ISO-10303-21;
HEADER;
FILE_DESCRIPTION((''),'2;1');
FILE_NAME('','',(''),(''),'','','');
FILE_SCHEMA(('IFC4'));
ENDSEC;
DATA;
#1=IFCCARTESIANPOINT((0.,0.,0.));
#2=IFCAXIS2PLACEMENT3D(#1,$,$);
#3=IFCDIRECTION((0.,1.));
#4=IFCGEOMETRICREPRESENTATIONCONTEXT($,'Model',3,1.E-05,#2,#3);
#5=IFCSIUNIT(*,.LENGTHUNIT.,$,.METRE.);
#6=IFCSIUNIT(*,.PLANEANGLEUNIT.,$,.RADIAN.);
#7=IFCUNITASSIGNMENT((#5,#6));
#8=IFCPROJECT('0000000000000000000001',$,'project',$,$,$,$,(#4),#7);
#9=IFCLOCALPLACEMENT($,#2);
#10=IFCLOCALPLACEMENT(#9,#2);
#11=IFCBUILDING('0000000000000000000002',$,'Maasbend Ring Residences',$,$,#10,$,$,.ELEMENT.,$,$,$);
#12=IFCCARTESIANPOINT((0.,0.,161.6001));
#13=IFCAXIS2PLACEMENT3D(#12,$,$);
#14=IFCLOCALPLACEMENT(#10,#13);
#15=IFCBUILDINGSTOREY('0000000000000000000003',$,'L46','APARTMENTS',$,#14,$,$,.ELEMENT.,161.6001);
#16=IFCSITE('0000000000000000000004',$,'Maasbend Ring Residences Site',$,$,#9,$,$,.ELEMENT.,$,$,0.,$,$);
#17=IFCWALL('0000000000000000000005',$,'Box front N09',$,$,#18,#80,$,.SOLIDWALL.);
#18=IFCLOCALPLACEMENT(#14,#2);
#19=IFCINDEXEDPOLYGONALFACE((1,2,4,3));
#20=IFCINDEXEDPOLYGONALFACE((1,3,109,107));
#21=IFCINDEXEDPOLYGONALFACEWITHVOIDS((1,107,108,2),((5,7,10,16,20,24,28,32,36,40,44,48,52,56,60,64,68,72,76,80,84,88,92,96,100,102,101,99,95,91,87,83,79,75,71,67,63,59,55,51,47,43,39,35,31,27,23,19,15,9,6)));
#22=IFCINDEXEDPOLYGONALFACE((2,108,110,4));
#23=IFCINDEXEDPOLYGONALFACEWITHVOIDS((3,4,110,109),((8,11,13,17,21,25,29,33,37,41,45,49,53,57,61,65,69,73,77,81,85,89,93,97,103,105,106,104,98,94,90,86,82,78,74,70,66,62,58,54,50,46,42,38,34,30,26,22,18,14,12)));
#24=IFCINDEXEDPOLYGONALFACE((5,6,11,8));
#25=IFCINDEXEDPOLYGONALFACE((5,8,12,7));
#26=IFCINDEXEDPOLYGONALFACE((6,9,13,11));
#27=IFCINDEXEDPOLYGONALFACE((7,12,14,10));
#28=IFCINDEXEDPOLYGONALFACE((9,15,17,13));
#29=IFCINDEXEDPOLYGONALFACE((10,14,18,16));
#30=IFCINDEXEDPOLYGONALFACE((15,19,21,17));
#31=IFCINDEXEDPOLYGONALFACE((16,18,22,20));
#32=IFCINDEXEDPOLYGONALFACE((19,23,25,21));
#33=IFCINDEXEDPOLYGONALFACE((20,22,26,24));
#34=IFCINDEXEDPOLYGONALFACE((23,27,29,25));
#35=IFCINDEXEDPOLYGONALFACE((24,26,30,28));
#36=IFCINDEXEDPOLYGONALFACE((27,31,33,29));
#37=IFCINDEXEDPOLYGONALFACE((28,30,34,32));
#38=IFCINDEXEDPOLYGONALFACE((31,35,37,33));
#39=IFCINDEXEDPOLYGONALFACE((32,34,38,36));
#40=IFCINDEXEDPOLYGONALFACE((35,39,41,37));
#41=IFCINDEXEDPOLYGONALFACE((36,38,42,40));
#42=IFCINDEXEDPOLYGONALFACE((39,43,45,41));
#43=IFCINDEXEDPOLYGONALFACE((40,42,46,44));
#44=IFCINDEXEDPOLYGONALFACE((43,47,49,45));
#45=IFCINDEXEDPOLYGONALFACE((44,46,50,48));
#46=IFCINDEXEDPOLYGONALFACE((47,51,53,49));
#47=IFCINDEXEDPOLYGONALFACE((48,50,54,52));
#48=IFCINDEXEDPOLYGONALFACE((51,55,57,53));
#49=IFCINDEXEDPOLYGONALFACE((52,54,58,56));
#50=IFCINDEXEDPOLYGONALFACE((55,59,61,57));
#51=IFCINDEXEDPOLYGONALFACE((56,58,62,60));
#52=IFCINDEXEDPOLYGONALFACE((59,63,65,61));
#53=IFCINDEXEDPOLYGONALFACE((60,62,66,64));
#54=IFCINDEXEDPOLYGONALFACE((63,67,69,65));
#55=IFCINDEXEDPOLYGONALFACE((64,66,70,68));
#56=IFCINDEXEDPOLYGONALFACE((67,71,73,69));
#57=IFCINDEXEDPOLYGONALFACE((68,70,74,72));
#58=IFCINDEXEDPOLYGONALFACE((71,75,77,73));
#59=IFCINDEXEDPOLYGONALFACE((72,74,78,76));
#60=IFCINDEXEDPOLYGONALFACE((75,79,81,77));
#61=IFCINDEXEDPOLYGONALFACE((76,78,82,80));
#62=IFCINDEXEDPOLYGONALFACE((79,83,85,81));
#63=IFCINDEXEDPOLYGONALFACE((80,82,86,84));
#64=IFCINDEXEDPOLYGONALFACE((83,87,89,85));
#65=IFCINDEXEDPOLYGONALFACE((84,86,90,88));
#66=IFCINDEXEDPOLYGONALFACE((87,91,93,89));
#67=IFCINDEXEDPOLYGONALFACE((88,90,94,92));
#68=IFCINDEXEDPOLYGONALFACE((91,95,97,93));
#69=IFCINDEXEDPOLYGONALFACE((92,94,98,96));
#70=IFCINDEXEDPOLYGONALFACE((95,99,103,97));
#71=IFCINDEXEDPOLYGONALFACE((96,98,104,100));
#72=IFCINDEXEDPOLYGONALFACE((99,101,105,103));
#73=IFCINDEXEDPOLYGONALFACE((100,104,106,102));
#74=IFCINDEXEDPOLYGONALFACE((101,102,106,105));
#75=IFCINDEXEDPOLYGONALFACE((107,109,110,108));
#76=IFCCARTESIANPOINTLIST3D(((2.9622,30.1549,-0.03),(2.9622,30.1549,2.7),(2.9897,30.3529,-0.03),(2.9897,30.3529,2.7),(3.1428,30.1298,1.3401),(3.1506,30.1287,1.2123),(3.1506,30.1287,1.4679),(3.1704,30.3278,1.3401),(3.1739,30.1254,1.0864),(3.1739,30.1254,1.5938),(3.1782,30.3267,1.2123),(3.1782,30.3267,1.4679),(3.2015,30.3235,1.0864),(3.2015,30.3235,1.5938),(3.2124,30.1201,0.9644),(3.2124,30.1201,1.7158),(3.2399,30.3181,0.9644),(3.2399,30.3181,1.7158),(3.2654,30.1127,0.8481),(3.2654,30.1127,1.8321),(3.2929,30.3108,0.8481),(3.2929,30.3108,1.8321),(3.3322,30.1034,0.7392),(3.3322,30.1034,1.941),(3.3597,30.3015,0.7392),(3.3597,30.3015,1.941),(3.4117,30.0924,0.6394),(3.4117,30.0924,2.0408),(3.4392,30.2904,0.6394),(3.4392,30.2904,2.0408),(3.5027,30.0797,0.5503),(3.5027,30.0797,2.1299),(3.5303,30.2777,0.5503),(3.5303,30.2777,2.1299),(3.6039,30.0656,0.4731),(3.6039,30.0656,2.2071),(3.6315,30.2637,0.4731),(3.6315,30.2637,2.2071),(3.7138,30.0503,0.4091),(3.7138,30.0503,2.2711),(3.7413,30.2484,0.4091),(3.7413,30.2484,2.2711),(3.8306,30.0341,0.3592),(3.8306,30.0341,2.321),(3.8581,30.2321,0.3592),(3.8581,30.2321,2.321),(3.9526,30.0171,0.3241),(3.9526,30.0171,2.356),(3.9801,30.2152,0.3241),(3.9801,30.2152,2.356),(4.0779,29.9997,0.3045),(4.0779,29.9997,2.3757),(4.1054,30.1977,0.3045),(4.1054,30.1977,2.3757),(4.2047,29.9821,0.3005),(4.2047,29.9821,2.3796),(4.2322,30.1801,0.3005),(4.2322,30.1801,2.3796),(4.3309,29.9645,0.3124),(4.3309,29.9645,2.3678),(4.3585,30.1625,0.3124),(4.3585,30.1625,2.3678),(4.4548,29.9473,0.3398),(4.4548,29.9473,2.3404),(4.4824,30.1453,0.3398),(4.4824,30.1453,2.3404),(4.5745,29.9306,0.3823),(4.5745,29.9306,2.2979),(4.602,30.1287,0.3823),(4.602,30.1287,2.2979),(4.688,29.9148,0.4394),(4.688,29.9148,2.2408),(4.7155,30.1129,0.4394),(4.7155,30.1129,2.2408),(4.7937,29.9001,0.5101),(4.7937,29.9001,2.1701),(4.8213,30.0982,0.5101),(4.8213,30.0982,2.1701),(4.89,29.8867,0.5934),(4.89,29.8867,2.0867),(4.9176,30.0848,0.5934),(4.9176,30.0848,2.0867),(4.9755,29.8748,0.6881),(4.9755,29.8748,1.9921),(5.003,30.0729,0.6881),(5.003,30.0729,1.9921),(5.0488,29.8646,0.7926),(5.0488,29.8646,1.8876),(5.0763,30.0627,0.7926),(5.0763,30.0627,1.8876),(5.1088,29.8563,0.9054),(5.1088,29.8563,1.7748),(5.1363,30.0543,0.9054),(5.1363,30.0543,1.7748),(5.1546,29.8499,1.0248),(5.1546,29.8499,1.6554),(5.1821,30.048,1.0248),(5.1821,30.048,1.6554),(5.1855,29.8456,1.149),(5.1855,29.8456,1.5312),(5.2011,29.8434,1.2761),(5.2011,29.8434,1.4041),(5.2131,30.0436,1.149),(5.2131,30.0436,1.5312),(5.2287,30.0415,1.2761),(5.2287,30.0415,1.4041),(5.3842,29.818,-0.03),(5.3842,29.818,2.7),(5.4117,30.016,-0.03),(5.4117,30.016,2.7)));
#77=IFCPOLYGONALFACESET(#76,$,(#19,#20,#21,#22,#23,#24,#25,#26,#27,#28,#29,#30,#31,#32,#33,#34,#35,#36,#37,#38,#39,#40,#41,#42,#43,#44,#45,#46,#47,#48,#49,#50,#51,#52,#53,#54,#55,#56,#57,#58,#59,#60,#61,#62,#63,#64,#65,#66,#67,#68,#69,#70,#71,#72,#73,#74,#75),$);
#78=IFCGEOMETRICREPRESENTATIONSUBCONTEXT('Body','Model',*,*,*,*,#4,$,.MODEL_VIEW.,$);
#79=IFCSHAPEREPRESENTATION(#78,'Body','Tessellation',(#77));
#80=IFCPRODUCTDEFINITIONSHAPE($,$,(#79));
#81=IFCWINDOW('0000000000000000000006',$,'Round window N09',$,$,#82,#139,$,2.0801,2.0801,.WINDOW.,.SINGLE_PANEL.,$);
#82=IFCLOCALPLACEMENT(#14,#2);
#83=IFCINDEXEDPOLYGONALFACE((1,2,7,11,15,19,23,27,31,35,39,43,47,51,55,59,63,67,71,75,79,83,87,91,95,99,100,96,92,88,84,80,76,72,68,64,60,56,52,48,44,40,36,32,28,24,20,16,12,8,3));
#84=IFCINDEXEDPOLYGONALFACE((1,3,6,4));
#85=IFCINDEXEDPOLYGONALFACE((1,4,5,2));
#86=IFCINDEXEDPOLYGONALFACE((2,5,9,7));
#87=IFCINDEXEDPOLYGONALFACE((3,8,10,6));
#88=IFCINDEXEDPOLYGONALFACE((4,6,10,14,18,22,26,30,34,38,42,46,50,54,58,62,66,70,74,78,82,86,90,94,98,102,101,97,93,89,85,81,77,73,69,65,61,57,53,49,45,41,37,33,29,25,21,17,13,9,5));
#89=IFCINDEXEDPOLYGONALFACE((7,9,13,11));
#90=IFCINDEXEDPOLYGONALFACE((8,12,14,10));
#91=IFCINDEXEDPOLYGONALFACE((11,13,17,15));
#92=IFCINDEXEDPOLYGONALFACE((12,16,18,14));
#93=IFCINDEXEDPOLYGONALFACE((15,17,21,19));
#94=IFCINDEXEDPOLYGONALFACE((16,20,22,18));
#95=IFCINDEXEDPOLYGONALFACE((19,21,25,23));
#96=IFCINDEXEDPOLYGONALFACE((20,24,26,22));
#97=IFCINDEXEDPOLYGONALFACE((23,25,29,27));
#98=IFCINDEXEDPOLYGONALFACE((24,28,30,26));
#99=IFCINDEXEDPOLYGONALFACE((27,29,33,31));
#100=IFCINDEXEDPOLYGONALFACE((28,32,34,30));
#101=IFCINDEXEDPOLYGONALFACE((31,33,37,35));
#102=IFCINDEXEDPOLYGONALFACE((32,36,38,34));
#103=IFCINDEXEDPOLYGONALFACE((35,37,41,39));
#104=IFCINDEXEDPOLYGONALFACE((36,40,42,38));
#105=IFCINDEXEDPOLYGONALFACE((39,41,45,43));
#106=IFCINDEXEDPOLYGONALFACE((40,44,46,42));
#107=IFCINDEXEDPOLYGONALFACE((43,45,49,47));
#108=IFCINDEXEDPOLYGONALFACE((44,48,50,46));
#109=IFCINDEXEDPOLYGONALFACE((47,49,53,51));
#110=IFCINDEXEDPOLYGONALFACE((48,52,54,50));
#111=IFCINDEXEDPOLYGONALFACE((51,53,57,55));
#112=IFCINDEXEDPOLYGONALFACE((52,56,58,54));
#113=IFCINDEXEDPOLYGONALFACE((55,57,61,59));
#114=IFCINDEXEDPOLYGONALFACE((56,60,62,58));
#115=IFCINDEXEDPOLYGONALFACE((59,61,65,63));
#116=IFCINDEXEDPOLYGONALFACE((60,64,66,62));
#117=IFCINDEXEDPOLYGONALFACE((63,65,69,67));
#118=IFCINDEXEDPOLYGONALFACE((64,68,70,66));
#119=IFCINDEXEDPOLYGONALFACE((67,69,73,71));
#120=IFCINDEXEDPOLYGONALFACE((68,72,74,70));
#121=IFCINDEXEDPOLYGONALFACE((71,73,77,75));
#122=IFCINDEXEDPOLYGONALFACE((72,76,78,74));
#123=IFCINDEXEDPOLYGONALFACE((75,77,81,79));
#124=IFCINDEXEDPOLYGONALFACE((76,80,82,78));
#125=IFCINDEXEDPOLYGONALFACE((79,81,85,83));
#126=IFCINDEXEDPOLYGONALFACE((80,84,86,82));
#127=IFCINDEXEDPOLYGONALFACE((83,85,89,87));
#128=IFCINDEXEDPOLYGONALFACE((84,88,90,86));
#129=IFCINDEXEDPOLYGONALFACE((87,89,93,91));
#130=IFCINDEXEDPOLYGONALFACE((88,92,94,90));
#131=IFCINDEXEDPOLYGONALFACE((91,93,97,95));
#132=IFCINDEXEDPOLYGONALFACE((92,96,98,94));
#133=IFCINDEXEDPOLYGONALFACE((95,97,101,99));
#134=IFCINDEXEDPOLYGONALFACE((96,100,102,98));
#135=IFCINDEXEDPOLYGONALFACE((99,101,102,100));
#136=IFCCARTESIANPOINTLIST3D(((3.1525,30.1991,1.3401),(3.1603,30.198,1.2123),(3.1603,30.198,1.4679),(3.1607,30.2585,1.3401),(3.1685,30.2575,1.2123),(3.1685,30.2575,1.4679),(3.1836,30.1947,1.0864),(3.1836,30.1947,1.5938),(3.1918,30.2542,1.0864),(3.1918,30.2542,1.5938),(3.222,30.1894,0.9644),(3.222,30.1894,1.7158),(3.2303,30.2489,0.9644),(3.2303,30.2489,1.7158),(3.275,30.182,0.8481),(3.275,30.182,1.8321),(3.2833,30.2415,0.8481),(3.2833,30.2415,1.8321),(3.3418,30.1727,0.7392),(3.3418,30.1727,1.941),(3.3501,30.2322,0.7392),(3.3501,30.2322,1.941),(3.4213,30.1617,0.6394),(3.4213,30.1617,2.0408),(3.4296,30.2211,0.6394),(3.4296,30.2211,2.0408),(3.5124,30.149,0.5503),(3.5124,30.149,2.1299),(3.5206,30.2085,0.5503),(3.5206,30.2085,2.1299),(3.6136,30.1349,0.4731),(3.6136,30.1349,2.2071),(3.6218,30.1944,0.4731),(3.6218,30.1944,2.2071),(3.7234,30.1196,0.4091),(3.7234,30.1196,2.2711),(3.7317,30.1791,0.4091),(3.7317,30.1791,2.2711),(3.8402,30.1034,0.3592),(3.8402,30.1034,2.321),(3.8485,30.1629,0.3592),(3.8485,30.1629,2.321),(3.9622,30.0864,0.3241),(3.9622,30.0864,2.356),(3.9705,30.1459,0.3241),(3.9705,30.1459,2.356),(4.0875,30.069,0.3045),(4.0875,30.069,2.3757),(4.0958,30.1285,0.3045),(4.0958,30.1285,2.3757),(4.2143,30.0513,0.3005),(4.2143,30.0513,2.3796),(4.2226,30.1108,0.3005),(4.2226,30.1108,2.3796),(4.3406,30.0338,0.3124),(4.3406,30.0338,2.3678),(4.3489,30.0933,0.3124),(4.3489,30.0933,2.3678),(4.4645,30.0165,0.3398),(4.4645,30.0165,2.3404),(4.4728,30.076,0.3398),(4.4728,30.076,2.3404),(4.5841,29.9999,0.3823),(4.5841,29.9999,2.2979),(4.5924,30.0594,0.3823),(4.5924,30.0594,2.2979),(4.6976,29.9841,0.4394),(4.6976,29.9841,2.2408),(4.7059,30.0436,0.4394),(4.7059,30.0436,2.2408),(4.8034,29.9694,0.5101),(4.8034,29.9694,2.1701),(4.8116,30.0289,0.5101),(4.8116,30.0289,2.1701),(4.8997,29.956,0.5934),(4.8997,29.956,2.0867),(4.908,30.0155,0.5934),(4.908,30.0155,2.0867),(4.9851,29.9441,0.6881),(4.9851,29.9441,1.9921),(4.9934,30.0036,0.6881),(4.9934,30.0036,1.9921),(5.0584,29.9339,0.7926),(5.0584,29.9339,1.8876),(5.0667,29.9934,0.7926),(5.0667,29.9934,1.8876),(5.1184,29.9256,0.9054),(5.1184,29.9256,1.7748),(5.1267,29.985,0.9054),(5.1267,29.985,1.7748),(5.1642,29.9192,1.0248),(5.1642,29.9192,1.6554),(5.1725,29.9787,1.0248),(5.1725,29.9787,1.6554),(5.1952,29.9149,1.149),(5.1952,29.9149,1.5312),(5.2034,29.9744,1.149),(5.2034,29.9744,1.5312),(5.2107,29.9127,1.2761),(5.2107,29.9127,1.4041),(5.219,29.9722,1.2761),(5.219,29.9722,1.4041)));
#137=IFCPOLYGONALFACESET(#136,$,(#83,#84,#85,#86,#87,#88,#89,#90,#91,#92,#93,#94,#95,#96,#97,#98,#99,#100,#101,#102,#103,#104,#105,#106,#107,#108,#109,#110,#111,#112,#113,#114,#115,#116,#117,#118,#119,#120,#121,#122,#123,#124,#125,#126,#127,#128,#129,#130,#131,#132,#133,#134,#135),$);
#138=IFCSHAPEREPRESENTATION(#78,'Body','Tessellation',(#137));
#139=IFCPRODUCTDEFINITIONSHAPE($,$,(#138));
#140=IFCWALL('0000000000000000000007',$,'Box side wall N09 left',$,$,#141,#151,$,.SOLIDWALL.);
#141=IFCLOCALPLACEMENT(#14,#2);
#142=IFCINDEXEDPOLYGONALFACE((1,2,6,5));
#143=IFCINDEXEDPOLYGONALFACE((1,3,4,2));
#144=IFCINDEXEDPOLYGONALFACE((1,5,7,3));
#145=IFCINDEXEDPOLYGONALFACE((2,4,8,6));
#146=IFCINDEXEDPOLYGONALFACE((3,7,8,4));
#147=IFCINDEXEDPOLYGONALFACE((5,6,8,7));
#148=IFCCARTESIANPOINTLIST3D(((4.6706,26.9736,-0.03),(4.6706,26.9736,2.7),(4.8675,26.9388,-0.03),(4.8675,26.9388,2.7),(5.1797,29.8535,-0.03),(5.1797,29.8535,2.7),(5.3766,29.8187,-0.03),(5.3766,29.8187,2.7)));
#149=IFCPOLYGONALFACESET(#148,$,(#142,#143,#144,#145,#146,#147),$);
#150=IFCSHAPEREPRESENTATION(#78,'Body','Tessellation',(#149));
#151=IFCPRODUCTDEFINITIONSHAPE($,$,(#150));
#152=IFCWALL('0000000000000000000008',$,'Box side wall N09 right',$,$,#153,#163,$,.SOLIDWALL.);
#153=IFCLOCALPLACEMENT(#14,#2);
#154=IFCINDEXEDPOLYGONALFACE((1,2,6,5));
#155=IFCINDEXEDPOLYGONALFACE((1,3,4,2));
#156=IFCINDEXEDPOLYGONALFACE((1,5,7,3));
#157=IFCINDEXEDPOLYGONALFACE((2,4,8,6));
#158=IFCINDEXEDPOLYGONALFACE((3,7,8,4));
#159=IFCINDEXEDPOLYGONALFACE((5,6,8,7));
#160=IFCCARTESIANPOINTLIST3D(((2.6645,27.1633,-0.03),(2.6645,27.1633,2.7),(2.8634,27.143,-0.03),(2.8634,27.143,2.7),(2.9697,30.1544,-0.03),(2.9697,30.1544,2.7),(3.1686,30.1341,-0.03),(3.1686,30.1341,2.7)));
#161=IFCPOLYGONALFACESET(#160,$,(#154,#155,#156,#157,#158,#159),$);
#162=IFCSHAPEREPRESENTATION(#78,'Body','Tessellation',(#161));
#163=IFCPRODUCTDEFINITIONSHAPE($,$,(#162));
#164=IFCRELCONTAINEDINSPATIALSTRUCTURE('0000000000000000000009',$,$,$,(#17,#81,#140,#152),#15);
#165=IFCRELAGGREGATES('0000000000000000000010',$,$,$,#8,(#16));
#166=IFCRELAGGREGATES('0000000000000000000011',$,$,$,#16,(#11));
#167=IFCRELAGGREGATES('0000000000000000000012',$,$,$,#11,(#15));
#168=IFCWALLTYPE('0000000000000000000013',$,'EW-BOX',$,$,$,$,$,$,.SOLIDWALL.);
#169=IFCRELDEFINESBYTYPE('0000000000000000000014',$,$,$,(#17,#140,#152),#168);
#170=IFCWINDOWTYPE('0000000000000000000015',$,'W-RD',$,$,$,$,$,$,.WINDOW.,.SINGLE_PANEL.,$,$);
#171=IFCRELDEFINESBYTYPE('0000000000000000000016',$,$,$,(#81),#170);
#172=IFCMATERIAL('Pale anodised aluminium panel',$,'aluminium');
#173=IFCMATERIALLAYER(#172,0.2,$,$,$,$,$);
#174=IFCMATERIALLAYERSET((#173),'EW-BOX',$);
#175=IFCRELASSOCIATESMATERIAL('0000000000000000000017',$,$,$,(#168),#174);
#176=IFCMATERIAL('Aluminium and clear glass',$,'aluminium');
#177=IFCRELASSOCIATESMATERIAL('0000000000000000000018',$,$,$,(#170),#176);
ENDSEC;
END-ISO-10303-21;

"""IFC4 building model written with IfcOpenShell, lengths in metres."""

from ifc_helpers import new_model, si_unit, direction, frame, frame_2d, origin, place, context, subcontext, project, spatial, rectangle, circle, extrude, material, layer, layer_set, type_object, element, fill, save


model = new_model("IFC4")

# Units and contexts
model_context = context("Model", 3, precision=1e-05, world=origin(), true_north=direction((0.0, 1.0)))
body_context = subcontext(model_context, "Body", "Model", "MODEL_VIEW")
ifc_project = project(units=[si_unit("LENGTHUNIT", "METRE"), si_unit("PLANEANGLEUNIT", "RADIAN")], contexts=[model_context])

# Site, building, storey
site_placement = place(None, origin())
site = spatial("IfcSite", under=ifc_project, at=site_placement, Name="Maasbend Ring Residences Site", CompositionType="ELEMENT", RefElevation=0.0)
building_placement = place(site_placement, origin())
building = spatial("IfcBuilding", under=site, at=building_placement, Name="Maasbend Ring Residences", CompositionType="ELEMENT")
storey_placement = place(building_placement, frame((0.0, 0.0, 161.6001)))
storey = spatial("IfcBuildingStorey", under=building, at=storey_placement, Name="L46", Description="APARTMENTS", CompositionType="ELEMENT", Elevation=161.6001)

# Shared definitions
ifc_material_1 = material(Name="Pale anodised aluminium panel", Category="aluminium")
ifc_layer_1 = layer(ifc_material_1, 0.2)
ifc_layer_set_1 = layer_set([ifc_layer_1], Name="EW-BOX")
wall_type_1 = type_object("IfcWallType", Name="EW-BOX", PredefinedType="SOLIDWALL", material=ifc_layer_set_1)

# Wall, opening, window
wall_1_placement = place(storey_placement, frame((5.3979, 29.917, -0.03), z_axis=(0.0, 0.0, 1.0), x_axis=(-0.990462, 0.137786, 0.0)))
wall_1 = element("IfcWall", 1, at=wall_1_placement, inside=storey, type_object=wall_type_1, Name="Box front N09", PredefinedType="SOLIDWALL", context=body_context, shape_type="SweptSolid", body=[
    extrude(rectangle(XDim=2.4453, YDim=0.2, at=frame_2d((1.2227, 0.0))), origin(), (0.0, 0.0, 1.0), 2.73),
])
opening_1_placement = place(wall_1_placement, frame((0.1829, 0.0, 0.3301)))
opening_1 = element("IfcOpeningElement", 2, at=opening_1_placement, cuts=wall_1, PredefinedType="OPENING", context=body_context, shape_type="SweptSolid", body=[
    extrude(circle(Radius=1.04, at=frame_2d((1.04, 1.04))), frame((0.0, 0.1099, 0.0), z_axis=(0.0, -1.0, 0.0), x_axis=(1.0, 0.0, 0.0)), (0.0, 0.0, 1.0), 0.22),
])
ifc_material_2 = material(Name="Aluminium and clear glass", Category="aluminium")
window_type_1 = type_object("IfcWindowType", Name="W-RD", PartitioningType="SINGLE_PANEL", PredefinedType="WINDOW", material=ifc_material_2)
window_1_placement = place(opening_1_placement, origin())
window_1 = element("IfcWindow", 3, at=window_1_placement, inside=storey, type_object=window_type_1, Name="Round window N09", OverallHeight=2.0801, OverallWidth=2.0801, PartitioningType="SINGLE_PANEL", PredefinedType="WINDOW", context=body_context, shape_type="SweptSolid", body=[
    extrude(circle(Radius=1.04, at=frame_2d((1.04, 1.04))), frame((0.0, 0.03, 0.0), z_axis=(0.0, -1.0, 0.0), x_axis=(1.0, 0.0, 0.0)), (0.0, 0.0, 1.0), 0.0601),
])
fill(opening_1, window_1)

# Walls
wall_2_placement = place(storey_placement, frame((4.769, 26.9561, -0.03), z_axis=(0.0, 0.0, 1.0), x_axis=(0.174057, 0.984736, 0.0)))
element("IfcWall", 4, at=wall_2_placement, inside=storey, type_object=wall_type_1, Name="Box side wall N09 left", PredefinedType="SOLIDWALL", context=body_context, shape_type="SweptSolid", body=[
    extrude(rectangle(XDim=2.9246, YDim=0.2, at=frame_2d((1.4624, 0.0))), origin(), (0.0, 0.0, 1.0), 2.73),
])
wall_3_placement = place(storey_placement, frame((2.7639, 27.1531, -0.03), z_axis=(0.0, 0.0, 1.0), x_axis=(0.101505, 0.994835, 0.0)))
element("IfcWall", 5, at=wall_3_placement, inside=storey, type_object=wall_type_1, Name="Box side wall N09 right", PredefinedType="SOLIDWALL", context=body_context, shape_type="SweptSolid", body=[
    extrude(rectangle(XDim=3.0066, YDim=0.2, at=frame_2d((1.5034, 0.0))), origin(), (0.0, 0.0, 1.0), 2.73),
])

save(model, "model.ifc")
